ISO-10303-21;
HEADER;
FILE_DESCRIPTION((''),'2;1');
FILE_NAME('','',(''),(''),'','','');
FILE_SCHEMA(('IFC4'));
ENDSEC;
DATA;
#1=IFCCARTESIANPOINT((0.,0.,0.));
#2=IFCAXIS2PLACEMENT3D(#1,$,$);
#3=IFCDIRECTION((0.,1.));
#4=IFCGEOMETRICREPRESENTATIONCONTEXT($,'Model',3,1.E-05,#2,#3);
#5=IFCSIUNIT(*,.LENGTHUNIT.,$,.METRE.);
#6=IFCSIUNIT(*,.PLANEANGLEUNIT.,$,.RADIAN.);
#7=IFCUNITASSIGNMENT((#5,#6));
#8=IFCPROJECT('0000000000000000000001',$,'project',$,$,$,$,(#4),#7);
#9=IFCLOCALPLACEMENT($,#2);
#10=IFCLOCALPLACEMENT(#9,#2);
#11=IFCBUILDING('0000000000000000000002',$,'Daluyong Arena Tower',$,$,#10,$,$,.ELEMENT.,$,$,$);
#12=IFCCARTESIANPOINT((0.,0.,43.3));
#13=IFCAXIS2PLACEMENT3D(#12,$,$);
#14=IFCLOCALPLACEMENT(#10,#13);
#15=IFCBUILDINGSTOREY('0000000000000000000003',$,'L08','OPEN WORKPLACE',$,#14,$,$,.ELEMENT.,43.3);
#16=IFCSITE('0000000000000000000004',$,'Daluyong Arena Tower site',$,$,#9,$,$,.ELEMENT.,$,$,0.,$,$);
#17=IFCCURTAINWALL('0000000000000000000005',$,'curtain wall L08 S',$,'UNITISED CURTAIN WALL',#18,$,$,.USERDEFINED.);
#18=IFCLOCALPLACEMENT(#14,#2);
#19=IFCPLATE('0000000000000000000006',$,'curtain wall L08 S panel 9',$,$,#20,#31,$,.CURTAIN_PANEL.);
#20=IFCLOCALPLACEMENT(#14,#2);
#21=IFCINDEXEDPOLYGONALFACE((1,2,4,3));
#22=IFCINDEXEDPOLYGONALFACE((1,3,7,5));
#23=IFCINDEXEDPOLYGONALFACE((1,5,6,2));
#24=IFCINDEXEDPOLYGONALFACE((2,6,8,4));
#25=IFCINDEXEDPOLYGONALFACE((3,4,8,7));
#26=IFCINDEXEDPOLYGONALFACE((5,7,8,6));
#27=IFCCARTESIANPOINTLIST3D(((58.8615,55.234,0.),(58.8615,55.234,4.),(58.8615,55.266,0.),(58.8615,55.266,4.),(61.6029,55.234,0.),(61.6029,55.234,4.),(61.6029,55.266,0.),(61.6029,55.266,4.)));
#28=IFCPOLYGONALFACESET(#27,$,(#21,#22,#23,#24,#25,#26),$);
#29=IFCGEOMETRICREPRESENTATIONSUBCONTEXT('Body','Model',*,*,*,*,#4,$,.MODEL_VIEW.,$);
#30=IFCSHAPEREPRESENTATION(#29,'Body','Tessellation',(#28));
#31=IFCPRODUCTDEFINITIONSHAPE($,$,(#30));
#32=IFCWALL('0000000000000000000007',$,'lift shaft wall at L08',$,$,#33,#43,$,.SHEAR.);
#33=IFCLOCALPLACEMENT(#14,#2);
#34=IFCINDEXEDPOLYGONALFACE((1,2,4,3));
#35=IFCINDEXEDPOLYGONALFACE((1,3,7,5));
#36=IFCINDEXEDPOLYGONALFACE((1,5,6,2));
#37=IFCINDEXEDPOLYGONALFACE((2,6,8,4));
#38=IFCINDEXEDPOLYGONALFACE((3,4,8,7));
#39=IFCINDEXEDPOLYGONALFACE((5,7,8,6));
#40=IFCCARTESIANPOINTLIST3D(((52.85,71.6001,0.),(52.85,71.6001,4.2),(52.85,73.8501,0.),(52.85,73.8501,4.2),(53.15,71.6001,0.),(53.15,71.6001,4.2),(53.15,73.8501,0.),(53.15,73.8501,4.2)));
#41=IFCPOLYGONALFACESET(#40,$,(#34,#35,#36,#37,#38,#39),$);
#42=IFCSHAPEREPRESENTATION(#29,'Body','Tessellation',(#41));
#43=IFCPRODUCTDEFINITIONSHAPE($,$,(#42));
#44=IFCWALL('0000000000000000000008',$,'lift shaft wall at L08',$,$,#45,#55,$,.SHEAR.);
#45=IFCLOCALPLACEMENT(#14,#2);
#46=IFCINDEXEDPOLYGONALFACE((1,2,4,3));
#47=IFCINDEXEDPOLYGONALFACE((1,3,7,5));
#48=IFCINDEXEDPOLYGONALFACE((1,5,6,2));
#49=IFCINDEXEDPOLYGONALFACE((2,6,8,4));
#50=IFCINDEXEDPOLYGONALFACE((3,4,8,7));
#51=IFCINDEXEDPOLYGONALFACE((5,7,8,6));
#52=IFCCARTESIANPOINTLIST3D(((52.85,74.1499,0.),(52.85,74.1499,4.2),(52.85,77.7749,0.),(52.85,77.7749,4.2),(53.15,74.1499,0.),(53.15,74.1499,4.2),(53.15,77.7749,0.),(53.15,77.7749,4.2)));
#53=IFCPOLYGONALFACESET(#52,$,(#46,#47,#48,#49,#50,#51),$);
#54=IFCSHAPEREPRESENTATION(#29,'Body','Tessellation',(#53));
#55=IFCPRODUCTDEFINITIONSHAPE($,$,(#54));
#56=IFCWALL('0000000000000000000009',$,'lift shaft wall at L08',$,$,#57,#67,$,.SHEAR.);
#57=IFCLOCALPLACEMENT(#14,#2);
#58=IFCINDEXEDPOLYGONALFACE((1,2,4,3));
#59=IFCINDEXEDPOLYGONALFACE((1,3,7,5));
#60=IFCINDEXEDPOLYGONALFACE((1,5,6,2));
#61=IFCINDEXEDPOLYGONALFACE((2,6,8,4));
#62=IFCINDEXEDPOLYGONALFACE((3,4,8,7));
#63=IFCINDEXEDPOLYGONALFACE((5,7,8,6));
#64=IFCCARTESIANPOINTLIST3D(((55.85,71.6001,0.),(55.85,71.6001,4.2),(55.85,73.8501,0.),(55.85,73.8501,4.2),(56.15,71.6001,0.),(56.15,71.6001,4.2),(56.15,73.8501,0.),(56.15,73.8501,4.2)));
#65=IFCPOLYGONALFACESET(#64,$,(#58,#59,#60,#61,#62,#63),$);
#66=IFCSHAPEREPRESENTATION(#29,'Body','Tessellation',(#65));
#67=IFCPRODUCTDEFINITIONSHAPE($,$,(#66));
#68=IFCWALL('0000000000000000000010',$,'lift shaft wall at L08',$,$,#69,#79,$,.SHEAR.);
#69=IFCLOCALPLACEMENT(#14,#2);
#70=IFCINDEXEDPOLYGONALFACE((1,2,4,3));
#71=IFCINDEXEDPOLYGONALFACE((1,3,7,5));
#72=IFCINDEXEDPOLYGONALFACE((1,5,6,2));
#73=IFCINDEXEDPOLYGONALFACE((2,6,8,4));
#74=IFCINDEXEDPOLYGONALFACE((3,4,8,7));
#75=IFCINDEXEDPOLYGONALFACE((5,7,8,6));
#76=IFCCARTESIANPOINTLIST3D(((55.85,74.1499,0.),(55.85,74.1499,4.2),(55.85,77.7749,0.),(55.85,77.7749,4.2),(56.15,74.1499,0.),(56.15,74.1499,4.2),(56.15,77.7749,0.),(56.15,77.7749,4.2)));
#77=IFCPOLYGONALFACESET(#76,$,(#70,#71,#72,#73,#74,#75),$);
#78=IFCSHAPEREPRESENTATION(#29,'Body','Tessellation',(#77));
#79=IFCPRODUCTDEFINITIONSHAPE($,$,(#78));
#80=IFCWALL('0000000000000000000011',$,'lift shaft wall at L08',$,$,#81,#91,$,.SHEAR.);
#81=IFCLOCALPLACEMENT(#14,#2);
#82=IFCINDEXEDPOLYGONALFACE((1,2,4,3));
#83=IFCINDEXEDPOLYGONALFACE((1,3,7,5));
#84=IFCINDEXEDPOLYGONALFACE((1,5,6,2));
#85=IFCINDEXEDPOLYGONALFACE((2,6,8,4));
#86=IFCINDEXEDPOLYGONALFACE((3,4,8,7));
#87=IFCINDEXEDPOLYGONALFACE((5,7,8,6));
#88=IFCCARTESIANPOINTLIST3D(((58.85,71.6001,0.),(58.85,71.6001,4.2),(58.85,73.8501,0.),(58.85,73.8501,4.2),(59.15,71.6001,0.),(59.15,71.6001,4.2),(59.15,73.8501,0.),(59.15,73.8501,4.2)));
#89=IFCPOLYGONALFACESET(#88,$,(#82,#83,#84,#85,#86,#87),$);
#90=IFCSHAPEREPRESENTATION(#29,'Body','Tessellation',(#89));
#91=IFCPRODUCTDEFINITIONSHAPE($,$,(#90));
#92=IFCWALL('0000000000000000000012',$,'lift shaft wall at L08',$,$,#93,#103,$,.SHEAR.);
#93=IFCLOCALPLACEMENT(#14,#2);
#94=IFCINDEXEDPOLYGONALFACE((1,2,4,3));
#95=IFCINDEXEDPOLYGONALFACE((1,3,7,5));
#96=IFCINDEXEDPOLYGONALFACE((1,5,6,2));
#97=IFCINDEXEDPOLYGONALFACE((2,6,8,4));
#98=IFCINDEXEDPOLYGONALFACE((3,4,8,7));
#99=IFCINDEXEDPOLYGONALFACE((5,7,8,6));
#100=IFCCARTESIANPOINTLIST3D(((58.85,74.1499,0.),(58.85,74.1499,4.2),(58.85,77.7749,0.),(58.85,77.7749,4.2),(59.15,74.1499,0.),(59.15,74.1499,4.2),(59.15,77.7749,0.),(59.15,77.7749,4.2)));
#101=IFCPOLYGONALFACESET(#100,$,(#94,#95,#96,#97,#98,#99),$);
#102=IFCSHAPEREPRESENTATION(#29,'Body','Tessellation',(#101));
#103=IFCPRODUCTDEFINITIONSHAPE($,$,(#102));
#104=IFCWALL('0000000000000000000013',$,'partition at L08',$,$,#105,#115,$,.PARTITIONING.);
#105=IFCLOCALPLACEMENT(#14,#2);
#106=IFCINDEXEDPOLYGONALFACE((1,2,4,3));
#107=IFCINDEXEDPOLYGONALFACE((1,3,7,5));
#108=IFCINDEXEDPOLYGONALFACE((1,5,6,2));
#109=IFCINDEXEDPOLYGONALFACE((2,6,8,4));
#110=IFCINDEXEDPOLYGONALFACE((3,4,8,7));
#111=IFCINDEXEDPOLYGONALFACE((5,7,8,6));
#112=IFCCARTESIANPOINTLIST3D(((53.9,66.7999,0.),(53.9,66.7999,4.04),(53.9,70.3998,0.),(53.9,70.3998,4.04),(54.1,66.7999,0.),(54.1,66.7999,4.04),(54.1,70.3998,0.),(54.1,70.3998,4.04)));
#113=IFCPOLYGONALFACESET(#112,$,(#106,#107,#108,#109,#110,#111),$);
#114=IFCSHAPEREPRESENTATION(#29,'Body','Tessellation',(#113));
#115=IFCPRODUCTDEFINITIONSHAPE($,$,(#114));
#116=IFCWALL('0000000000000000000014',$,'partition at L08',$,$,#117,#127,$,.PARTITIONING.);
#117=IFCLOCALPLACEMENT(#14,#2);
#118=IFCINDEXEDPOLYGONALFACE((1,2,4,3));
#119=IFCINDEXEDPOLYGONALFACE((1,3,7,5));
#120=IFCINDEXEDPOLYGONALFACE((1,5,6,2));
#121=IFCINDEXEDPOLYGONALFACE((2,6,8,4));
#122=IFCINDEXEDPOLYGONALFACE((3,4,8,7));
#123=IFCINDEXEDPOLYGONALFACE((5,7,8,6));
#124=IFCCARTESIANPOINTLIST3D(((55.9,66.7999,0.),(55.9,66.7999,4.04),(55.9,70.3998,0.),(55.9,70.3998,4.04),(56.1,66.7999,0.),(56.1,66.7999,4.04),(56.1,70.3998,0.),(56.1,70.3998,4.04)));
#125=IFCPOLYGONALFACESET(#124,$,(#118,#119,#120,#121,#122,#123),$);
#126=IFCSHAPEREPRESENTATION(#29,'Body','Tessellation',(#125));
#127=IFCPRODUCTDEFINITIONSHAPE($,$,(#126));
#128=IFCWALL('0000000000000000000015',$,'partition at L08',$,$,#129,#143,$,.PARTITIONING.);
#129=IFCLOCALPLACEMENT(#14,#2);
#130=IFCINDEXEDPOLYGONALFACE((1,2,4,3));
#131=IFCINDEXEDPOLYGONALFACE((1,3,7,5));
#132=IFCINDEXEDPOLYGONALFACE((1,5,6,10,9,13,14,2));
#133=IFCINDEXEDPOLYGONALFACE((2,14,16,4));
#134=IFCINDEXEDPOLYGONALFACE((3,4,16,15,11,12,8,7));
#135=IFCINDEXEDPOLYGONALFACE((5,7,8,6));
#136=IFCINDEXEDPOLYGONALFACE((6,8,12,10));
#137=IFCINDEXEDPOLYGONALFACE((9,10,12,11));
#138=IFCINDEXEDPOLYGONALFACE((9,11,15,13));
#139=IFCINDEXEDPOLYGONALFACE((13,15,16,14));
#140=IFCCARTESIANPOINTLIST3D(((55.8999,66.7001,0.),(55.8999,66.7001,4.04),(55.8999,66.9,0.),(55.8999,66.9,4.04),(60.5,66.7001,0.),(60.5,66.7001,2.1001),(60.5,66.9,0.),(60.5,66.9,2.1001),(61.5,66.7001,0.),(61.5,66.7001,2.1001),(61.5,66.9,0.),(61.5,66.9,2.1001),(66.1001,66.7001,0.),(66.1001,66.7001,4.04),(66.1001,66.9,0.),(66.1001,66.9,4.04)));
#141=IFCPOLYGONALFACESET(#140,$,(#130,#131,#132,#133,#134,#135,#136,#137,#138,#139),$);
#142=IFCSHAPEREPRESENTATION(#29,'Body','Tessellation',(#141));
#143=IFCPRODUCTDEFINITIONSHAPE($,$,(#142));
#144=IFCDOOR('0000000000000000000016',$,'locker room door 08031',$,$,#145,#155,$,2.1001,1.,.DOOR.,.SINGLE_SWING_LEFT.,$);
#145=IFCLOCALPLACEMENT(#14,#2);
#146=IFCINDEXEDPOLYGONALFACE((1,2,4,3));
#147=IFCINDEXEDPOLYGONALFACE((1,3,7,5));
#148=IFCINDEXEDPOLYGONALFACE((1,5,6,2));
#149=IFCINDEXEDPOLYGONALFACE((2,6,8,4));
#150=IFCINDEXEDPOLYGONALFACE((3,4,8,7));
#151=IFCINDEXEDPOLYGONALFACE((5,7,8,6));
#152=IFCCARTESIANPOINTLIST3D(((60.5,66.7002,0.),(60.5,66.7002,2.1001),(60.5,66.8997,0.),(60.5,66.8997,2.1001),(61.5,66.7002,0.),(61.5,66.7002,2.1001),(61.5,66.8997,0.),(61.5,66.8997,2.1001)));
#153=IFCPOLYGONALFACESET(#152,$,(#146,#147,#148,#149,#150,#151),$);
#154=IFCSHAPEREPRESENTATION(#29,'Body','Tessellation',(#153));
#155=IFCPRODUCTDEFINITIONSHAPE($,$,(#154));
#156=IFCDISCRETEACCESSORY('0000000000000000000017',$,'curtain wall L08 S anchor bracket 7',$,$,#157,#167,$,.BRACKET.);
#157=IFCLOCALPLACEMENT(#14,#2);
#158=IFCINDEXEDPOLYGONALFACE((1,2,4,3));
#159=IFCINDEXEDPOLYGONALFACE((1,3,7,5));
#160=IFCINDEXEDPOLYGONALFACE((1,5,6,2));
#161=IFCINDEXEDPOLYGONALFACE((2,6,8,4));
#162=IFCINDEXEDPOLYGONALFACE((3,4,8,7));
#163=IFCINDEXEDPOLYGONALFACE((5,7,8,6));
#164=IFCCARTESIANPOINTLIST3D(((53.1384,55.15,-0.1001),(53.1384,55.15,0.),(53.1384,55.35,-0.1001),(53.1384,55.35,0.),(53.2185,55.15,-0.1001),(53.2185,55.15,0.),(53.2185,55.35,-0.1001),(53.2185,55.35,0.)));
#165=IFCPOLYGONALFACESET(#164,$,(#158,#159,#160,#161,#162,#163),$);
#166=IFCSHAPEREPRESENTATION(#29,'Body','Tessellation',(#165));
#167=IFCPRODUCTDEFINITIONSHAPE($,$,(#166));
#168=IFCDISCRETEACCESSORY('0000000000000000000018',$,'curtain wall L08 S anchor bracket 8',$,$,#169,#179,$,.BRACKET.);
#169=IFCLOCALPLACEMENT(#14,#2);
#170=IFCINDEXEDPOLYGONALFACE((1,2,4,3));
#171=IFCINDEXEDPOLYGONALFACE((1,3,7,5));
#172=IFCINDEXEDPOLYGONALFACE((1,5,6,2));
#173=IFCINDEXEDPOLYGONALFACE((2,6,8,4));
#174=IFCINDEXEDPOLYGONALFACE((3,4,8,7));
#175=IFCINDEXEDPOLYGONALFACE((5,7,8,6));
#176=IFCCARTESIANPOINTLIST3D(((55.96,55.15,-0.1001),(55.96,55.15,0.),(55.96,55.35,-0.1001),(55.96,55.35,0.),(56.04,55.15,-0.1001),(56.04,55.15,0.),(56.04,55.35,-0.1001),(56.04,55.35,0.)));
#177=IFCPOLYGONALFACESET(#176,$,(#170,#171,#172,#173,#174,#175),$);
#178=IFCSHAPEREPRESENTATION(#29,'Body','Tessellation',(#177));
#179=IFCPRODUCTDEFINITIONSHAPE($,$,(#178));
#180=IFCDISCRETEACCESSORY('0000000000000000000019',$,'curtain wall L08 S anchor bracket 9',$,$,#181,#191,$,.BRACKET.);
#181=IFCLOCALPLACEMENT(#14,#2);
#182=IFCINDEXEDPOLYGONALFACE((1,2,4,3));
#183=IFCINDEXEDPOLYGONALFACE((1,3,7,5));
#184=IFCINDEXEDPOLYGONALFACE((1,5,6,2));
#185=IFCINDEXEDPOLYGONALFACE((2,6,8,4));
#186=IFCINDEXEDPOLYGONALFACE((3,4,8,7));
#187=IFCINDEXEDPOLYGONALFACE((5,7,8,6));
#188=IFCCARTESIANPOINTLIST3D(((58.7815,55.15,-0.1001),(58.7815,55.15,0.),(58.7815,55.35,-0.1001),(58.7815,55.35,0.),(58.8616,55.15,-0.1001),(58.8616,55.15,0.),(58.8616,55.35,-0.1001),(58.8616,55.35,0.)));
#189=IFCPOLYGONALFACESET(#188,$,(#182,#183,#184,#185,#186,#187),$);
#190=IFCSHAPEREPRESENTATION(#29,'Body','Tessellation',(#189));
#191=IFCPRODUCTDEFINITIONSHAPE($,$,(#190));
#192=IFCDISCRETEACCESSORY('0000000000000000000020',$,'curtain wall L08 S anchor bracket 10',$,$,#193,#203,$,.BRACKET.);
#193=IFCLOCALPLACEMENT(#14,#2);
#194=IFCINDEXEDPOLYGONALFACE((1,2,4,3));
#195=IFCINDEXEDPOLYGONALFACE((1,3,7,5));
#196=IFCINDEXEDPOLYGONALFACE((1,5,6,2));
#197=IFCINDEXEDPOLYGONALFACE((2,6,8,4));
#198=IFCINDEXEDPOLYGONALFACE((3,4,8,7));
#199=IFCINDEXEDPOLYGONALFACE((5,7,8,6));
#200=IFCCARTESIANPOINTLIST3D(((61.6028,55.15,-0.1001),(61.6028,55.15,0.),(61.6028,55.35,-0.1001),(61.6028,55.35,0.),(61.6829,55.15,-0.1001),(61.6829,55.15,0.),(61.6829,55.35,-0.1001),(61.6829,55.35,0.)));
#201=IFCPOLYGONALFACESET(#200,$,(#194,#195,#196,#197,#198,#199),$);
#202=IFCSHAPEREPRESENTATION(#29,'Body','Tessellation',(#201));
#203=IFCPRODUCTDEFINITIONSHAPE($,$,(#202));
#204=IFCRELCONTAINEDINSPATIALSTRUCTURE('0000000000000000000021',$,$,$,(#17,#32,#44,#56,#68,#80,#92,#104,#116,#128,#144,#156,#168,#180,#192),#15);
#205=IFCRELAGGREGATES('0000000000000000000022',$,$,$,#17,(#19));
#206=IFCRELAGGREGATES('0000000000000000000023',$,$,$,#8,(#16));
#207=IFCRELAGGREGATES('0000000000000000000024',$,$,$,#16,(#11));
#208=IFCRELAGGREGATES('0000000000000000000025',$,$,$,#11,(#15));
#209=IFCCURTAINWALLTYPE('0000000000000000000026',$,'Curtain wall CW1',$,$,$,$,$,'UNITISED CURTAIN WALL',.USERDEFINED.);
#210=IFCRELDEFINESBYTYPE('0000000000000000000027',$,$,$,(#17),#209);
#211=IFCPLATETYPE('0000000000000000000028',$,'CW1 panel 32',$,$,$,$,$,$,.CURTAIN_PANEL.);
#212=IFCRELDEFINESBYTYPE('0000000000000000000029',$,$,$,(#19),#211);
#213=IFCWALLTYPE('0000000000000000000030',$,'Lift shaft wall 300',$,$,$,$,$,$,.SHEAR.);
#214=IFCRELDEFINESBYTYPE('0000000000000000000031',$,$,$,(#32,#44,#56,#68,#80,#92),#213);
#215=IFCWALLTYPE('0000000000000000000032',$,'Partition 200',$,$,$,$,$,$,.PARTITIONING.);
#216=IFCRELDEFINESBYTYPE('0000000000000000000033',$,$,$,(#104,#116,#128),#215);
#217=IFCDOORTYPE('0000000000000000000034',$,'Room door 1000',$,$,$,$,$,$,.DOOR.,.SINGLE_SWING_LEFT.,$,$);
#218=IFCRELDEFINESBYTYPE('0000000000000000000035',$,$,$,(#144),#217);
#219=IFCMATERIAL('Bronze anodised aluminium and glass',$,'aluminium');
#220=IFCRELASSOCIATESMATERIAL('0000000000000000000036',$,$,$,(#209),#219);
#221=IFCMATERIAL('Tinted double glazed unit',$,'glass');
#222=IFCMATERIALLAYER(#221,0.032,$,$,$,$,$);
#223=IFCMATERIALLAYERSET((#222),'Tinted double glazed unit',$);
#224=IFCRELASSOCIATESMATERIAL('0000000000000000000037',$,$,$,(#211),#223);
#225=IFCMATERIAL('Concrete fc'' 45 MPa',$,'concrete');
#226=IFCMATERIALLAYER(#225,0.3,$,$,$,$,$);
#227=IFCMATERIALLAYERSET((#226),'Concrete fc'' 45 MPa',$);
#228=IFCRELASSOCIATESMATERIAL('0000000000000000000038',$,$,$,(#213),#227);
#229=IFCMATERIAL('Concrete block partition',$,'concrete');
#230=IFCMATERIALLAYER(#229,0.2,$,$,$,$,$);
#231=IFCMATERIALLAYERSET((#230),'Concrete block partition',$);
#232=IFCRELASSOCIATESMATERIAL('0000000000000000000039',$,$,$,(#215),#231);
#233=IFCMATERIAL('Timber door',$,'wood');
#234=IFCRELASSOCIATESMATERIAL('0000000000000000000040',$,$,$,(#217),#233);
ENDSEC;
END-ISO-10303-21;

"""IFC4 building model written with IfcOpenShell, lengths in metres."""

from ifc_helpers import new_model, si_unit, direction, frame, frame_2d, origin, origin_2d, place, context, subcontext, project, spatial, rectangle, extrude, material, layer, layer_set, type_object, element, fill, aggregate, save


model = new_model("IFC4")

# Units and contexts
model_context = context("Model", 3, precision=1e-05, world=origin(), true_north=direction((0.0, 1.0)))
body_context = subcontext(model_context, "Body", "Model", "MODEL_VIEW")
ifc_project = project(units=[si_unit("LENGTHUNIT", "METRE"), si_unit("PLANEANGLEUNIT", "RADIAN")], contexts=[model_context])

# Site, building, storey
site_placement = place(None, origin())
site = spatial("IfcSite", under=ifc_project, at=site_placement, Name="Daluyong Arena Tower site", CompositionType="ELEMENT", RefElevation=0.0)
building_placement = place(site_placement, origin())
building = spatial("IfcBuilding", under=site, at=building_placement, Name="Daluyong Arena Tower", CompositionType="ELEMENT")
storey_placement = place(building_placement, frame((0.0, 0.0, 43.3)))
storey = spatial("IfcBuildingStorey", under=building, at=storey_placement, Name="L08", Description="OPEN WORKPLACE", CompositionType="ELEMENT", Elevation=43.3)

# Curtain wall
ifc_material_1 = material(Name="Bronze anodised aluminium and glass", Category="aluminium")
curtain_wall_type = type_object("IfcCurtainWallType", Name="Curtain wall CW1", ElementType="UNITISED CURTAIN WALL", PredefinedType="USERDEFINED", material=ifc_material_1)
curtain_wall_placement = place(storey_placement, origin())
curtain_wall = element("IfcCurtainWall", 1, at=curtain_wall_placement, inside=storey, type_object=curtain_wall_type, Name="curtain wall L08 S", ObjectType="UNITISED CURTAIN WALL", PredefinedType="USERDEFINED")

# Plate
ifc_material_2 = material(Name="Tinted double glazed unit", Category="glass")
ifc_layer_1 = layer(ifc_material_2, 0.032)
ifc_layer_set_1 = layer_set([ifc_layer_1], Name="Tinted double glazed unit")
plate_type = type_object("IfcPlateType", Name="CW1 panel 32", PredefinedType="CURTAIN_PANEL", material=ifc_layer_set_1)
plate_1_placement = place(storey_placement, frame((60.2322, 55.25, 0.0), z_axis=(0.0, 0.0, 1.0), x_axis=(1.0, 0.0, 0.0)))
plate_1 = element("IfcPlate", 2, at=plate_1_placement, type_object=plate_type, Name="curtain wall L08 S panel 9", PredefinedType="CURTAIN_PANEL", context=body_context, shape_type="SweptSolid", body=[
    extrude(rectangle(XDim=2.7415, YDim=0.032, at=origin_2d()), origin(), (0.0, 0.0, 1.0), 4.0),
])
aggregate(curtain_wall, [plate_1])

# Walls
ifc_material_3 = material(Name="Concrete fc' 45 MPa", Category="concrete")
ifc_layer_2 = layer(ifc_material_3, 0.3)
ifc_layer_set_2 = layer_set([ifc_layer_2], Name="Concrete fc' 45 MPa")
wall_type_1 = type_object("IfcWallType", Name="Lift shaft wall 300", PredefinedType="SHEAR", material=ifc_layer_set_2)
wall_1_placement = place(storey_placement, frame((53.0, 71.6001, 0.0), z_axis=(0.0, 0.0, 1.0), x_axis=(0.0, 1.0, 0.0)))
element("IfcWall", 3, at=wall_1_placement, inside=storey, type_object=wall_type_1, Name="lift shaft wall at L08", PredefinedType="SHEAR", context=body_context, shape_type="SweptSolid", body=[
    extrude(rectangle(XDim=2.25, YDim=0.3, at=frame_2d((1.125, 0.0))), origin(), (0.0, 0.0, 1.0), 4.2),
])
wall_2_placement = place(storey_placement, frame((53.0, 74.1499, 0.0), z_axis=(0.0, 0.0, 1.0), x_axis=(0.0, 1.0, 0.0)))
element("IfcWall", 4, at=wall_2_placement, inside=storey, type_object=wall_type_1, Name="lift shaft wall at L08", PredefinedType="SHEAR", context=body_context, shape_type="SweptSolid", body=[
    extrude(rectangle(XDim=3.625, YDim=0.3, at=frame_2d((1.8125, 0.0))), origin(), (0.0, 0.0, 1.0), 4.2),
])
wall_3_placement = place(storey_placement, frame((56.0, 71.6001, 0.0), z_axis=(0.0, 0.0, 1.0), x_axis=(0.0, 1.0, 0.0)))
element("IfcWall", 5, at=wall_3_placement, inside=storey, type_object=wall_type_1, Name="lift shaft wall at L08", PredefinedType="SHEAR", context=body_context, shape_type="SweptSolid", body=[
    extrude(rectangle(XDim=2.25, YDim=0.3, at=frame_2d((1.125, 0.0))), origin(), (0.0, 0.0, 1.0), 4.2),
])
wall_4_placement = place(storey_placement, frame((56.0, 74.1499, 0.0), z_axis=(0.0, 0.0, 1.0), x_axis=(0.0, 1.0, 0.0)))
element("IfcWall", 6, at=wall_4_placement, inside=storey, type_object=wall_type_1, Name="lift shaft wall at L08", PredefinedType="SHEAR", context=body_context, shape_type="SweptSolid", body=[
    extrude(rectangle(XDim=3.625, YDim=0.3, at=frame_2d((1.8125, 0.0))), origin(), (0.0, 0.0, 1.0), 4.2),
])
wall_5_placement = place(storey_placement, frame((59.0, 71.6001, 0.0), z_axis=(0.0, 0.0, 1.0), x_axis=(0.0, 1.0, 0.0)))
element("IfcWall", 7, at=wall_5_placement, inside=storey, type_object=wall_type_1, Name="lift shaft wall at L08", PredefinedType="SHEAR", context=body_context, shape_type="SweptSolid", body=[
    extrude(rectangle(XDim=2.25, YDim=0.3, at=frame_2d((1.125, 0.0))), origin(), (0.0, 0.0, 1.0), 4.2),
])
wall_6_placement = place(storey_placement, frame((59.0, 74.1499, 0.0), z_axis=(0.0, 0.0, 1.0), x_axis=(0.0, 1.0, 0.0)))
element("IfcWall", 8, at=wall_6_placement, inside=storey, type_object=wall_type_1, Name="lift shaft wall at L08", PredefinedType="SHEAR", context=body_context, shape_type="SweptSolid", body=[
    extrude(rectangle(XDim=3.625, YDim=0.3, at=frame_2d((1.8125, 0.0))), origin(), (0.0, 0.0, 1.0), 4.2),
])
ifc_material_4 = material(Name="Concrete block partition", Category="concrete")
ifc_layer_3 = layer(ifc_material_4, 0.2)
ifc_layer_set_3 = layer_set([ifc_layer_3], Name="Concrete block partition")
wall_type_2 = type_object("IfcWallType", Name="Partition 200", PredefinedType="PARTITIONING", material=ifc_layer_set_3)
for number, where, z_axis, x_axis, name in (
    (9, (54.0, 66.8, 0.0), (0.0, 0.0, 1.0), (0.0, 1.0, 0.0), "partition at L08"),
    (10, (56.0, 66.8, 0.0), (0.0, 0.0, 1.0), (0.0, 1.0, 0.0), "partition at L08"),
):
    element("IfcWall", number, at=place(storey_placement, frame(where, z_axis=z_axis, x_axis=x_axis)), inside=storey, type_object=wall_type_2, Name=name, PredefinedType="PARTITIONING", context=body_context, shape_type="SweptSolid", body=[
        extrude(rectangle(XDim=3.5999, YDim=0.2, at=frame_2d((1.7998, 0.0))), origin(), (0.0, 0.0, 1.0), 4.04),
    ])

# Wall, opening, door
wall_7_placement = place(storey_placement, frame((55.8999, 66.8, 0.0), z_axis=(0.0, 0.0, 1.0), x_axis=(1.0, 0.0, 0.0)))
wall_7 = element("IfcWall", 11, at=wall_7_placement, inside=storey, type_object=wall_type_2, Name="partition at L08", PredefinedType="PARTITIONING", context=body_context, shape_type="SweptSolid", body=[
    extrude(rectangle(XDim=10.2002, YDim=0.2, at=frame_2d((5.1001, 0.0))), origin(), (0.0, 0.0, 1.0), 4.04),
])
opening_placement = place(wall_7_placement, frame((4.6001, 0.0, 0.0)))
opening = element("IfcOpeningElement", 12, at=opening_placement, cuts=wall_7, PredefinedType="OPENING", context=body_context, shape_type="SweptSolid", body=[
    extrude(rectangle(XDim=1.0, YDim=2.1001, at=frame_2d((0.5, 1.05))), frame((0.0, 0.1099, 0.0), z_axis=(0.0, -1.0, 0.0), x_axis=(1.0, 0.0, 0.0)), (0.0, 0.0, 1.0), 0.22),
])
ifc_material_5 = material(Name="Timber door", Category="wood")
door_type = type_object("IfcDoorType", Name="Room door 1000", OperationType="SINGLE_SWING_LEFT", PredefinedType="DOOR", material=ifc_material_5)
door_placement = place(opening_placement, origin())
door = element("IfcDoor", 13, at=door_placement, inside=storey, type_object=door_type, Name="locker room door 08031", OperationType="SINGLE_SWING_LEFT", OverallHeight=2.1001, OverallWidth=1.0, PredefinedType="DOOR", context=body_context, shape_type="SweptSolid", body=[
    extrude(rectangle(XDim=1.0, YDim=2.1001, at=frame_2d((0.5, 1.05))), frame((0.0, 0.0996, 0.0), z_axis=(0.0, -1.0, 0.0), x_axis=(1.0, 0.0, 0.0)), (0.0, 0.0, 1.0), 0.1995),
])
fill(opening, door)

# Discrete accessories
for number, where, z_axis, x_axis, name in (
    (14, (53.1785, 55.25, -0.1001), (0.0, 0.0, 1.0), (1.0, 0.0, 0.0), "curtain wall L08 S anchor bracket 7"),
    (15, (56.0, 55.25, -0.1001), (0.0, 0.0, 1.0), (1.0, 0.0, 0.0), "curtain wall L08 S anchor bracket 8"),
    (16, (58.8215, 55.25, -0.1001), (0.0, 0.0, 1.0), (1.0, 0.0, 0.0), "curtain wall L08 S anchor bracket 9"),
    (17, (61.6428, 55.25, -0.1001), (0.0, 0.0, 1.0), (1.0, 0.0, 0.0), "curtain wall L08 S anchor bracket 10"),
):
    element("IfcDiscreteAccessory", number, at=place(storey_placement, frame(where, z_axis=z_axis, x_axis=x_axis)), inside=storey, Name=name, PredefinedType="BRACKET", context=body_context, shape_type="SweptSolid", body=[
        extrude(rectangle(XDim=0.0801, YDim=0.2, at=origin_2d()), origin(), (0.0, 0.0, 1.0), 0.1001),
    ])

save(model, "model.ifc")
